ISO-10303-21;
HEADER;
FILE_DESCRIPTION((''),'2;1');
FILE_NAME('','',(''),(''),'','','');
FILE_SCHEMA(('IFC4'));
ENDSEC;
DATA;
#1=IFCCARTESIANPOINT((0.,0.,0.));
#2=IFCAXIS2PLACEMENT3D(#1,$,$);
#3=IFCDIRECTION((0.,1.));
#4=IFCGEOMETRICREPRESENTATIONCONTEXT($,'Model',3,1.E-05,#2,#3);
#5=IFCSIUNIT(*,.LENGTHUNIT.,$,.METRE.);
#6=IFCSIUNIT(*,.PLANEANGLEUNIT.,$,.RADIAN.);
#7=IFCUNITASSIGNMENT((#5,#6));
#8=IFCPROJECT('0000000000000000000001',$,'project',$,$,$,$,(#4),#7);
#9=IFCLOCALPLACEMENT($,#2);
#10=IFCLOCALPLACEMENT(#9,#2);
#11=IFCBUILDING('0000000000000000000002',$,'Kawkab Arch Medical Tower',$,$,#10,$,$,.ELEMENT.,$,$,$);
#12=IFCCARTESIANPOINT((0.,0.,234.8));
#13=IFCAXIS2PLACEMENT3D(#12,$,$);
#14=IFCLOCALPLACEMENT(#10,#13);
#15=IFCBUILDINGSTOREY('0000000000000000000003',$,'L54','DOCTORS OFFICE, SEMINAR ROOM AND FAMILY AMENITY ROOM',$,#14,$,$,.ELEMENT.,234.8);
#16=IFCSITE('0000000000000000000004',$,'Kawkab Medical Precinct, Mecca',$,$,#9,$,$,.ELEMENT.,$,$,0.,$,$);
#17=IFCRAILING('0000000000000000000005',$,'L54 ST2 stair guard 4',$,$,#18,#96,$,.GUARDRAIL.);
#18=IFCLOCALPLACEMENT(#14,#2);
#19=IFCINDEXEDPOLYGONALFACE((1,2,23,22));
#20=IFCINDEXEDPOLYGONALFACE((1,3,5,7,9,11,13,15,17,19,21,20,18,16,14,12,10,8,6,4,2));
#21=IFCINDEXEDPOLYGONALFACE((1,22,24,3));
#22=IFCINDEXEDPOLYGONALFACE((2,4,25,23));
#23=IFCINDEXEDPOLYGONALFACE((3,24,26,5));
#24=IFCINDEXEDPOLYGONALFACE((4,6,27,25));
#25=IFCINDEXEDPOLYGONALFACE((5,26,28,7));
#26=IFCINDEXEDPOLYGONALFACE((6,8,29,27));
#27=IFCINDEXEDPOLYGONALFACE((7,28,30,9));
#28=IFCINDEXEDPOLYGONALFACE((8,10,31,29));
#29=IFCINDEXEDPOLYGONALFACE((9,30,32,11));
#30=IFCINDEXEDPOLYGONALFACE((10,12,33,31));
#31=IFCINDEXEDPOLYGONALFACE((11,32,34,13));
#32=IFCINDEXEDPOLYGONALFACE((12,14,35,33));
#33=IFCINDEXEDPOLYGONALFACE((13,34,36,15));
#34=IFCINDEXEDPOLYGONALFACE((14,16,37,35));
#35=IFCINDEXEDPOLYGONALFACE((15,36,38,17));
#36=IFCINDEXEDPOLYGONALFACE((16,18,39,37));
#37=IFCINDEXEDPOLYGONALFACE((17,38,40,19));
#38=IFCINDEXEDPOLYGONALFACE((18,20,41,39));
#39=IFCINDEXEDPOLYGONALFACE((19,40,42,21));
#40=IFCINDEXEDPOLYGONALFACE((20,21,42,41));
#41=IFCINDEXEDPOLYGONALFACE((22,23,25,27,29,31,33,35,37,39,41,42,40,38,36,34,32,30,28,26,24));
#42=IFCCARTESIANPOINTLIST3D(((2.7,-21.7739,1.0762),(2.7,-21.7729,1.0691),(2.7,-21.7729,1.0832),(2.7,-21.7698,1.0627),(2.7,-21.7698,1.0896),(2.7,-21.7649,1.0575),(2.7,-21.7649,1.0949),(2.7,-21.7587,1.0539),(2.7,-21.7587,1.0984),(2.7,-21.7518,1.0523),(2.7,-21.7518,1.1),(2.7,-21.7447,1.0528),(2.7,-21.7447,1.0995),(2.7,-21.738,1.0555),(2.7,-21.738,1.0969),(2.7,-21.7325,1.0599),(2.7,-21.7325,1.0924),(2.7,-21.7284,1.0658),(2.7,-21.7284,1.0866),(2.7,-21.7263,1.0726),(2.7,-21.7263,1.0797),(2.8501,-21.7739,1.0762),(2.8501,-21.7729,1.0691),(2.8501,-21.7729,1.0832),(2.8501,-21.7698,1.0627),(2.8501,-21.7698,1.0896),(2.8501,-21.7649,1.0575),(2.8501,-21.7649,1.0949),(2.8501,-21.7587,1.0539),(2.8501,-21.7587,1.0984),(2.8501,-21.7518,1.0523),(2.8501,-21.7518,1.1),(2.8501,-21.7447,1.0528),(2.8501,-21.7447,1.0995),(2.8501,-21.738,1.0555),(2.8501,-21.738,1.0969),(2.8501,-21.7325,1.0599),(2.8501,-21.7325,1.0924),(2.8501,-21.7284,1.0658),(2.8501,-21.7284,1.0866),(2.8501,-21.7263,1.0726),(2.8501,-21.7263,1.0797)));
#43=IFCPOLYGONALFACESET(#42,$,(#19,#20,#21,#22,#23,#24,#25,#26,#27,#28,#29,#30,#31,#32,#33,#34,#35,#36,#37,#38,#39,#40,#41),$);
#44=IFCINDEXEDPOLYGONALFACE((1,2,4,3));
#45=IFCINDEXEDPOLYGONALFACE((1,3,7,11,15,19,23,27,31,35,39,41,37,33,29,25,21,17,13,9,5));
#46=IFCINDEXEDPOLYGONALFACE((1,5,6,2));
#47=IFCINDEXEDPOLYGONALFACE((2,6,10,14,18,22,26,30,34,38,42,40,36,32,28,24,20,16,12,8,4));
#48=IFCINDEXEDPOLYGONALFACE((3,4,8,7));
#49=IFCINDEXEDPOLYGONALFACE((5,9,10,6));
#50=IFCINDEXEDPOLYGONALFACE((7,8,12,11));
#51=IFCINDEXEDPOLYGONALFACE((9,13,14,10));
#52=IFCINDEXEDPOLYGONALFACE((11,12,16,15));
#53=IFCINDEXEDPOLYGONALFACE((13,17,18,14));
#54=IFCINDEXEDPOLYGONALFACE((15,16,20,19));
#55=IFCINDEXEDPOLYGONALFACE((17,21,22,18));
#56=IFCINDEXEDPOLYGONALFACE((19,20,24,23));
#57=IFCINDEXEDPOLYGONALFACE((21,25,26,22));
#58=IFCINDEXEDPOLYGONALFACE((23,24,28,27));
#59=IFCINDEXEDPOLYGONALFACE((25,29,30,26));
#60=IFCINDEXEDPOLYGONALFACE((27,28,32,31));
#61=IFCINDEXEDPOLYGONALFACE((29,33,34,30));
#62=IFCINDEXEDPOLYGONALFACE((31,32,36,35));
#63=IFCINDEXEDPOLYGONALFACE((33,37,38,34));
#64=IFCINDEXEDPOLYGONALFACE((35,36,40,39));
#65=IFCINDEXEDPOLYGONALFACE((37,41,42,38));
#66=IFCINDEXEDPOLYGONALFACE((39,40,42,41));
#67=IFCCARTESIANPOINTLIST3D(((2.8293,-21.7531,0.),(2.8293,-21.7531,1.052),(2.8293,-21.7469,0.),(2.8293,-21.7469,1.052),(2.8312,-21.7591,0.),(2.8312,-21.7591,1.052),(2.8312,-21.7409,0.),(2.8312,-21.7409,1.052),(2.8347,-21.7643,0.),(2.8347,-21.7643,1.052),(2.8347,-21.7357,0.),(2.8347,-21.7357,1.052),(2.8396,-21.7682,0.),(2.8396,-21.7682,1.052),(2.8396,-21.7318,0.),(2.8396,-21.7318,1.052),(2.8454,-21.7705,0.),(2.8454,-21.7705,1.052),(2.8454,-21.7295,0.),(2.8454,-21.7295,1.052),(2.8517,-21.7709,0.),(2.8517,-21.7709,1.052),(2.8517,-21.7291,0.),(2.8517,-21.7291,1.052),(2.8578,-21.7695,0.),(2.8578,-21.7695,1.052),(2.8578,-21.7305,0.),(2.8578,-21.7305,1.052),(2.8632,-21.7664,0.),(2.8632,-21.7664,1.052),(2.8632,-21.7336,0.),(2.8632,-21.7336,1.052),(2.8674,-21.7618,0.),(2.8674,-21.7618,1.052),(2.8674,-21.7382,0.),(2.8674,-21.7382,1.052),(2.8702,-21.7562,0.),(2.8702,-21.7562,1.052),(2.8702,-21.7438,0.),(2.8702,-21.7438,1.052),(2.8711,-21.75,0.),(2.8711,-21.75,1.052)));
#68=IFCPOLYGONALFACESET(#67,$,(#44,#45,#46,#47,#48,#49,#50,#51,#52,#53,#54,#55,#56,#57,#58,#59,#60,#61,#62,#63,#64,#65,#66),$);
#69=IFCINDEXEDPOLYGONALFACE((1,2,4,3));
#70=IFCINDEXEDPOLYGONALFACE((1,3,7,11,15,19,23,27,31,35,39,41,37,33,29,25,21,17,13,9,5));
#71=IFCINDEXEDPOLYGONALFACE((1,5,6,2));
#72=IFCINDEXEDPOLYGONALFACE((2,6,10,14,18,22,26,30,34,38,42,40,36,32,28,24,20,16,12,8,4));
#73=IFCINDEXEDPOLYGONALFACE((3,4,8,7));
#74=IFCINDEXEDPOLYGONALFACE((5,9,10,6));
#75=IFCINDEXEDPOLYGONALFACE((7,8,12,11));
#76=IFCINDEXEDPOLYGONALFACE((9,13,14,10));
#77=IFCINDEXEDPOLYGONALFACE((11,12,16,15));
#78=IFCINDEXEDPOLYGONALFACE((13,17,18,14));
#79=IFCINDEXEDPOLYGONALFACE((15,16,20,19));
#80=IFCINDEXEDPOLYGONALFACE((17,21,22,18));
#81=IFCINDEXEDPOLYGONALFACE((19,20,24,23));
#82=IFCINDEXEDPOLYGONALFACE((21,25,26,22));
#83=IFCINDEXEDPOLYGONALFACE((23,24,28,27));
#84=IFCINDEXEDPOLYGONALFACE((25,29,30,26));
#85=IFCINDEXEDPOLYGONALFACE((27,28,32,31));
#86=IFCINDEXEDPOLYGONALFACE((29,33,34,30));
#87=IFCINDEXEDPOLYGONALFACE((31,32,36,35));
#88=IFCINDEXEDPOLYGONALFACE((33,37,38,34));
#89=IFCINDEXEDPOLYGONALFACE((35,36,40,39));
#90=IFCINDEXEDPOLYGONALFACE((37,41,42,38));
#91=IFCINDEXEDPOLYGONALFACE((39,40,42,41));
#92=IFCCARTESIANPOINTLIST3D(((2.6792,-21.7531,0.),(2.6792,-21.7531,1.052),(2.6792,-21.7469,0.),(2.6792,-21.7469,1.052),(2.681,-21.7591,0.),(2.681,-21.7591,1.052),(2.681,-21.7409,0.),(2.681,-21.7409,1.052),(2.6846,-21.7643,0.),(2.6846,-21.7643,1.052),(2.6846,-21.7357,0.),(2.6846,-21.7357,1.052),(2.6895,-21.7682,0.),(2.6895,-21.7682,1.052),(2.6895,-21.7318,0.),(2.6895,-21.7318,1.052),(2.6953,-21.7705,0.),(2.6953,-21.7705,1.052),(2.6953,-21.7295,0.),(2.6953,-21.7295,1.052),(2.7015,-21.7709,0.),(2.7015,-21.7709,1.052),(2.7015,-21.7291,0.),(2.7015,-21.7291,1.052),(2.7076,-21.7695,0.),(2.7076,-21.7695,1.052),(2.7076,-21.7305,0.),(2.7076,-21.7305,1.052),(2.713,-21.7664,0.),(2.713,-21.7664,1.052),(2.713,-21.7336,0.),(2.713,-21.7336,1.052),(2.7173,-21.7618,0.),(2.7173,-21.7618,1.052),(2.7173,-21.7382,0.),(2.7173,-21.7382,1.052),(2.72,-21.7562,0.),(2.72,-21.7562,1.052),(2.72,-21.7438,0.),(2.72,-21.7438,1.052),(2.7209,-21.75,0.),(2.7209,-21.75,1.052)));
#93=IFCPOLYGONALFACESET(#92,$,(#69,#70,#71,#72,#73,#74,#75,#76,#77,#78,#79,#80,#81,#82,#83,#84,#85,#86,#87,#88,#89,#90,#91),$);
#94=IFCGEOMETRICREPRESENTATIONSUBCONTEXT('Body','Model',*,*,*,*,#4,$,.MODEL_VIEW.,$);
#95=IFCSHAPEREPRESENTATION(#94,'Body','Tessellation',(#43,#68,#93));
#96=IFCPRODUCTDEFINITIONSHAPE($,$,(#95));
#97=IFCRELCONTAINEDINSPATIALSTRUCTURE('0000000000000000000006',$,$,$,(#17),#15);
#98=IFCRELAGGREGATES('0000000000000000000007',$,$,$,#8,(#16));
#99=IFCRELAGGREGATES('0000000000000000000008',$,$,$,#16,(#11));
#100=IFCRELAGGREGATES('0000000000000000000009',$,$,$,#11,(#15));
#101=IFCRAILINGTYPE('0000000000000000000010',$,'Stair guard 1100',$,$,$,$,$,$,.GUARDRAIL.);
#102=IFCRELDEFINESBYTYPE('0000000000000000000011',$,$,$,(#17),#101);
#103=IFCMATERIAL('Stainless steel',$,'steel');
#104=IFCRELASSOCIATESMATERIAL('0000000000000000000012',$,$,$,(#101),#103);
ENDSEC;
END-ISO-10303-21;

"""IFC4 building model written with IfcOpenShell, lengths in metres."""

from ifc_helpers import new_model, si_unit, direction, frame, origin, origin_2d, place, context, subcontext, project, spatial, circle, extrude, material, type_object, element, save


model = new_model("IFC4")

# Units and contexts
model_context = context("Model", 3, precision=1e-05, world=origin(), true_north=direction((0.0, 1.0)))
body_context = subcontext(model_context, "Body", "Model", "MODEL_VIEW")
ifc_project = project(units=[si_unit("LENGTHUNIT", "METRE"), si_unit("PLANEANGLEUNIT", "RADIAN")], contexts=[model_context])

# Site, building, storey
site_placement = place(None, origin())
site = spatial("IfcSite", under=ifc_project, at=site_placement, Name="Kawkab Medical Precinct, Mecca", CompositionType="ELEMENT", RefElevation=0.0)
building_placement = place(site_placement, origin())
building = spatial("IfcBuilding", under=site, at=building_placement, Name="Kawkab Arch Medical Tower", CompositionType="ELEMENT")
storey_placement = place(building_placement, frame((0.0, 0.0, 234.8)))
storey = spatial("IfcBuildingStorey", under=building, at=storey_placement, Name="L54", Description="DOCTORS OFFICE, SEMINAR ROOM AND FAMILY AMENITY ROOM", CompositionType="ELEMENT", Elevation=234.8)

# Railing
ifc_material_1 = material(Name="Stainless steel", Category="steel")
railing_type_1 = type_object("IfcRailingType", Name="Stair guard 1100", PredefinedType="GUARDRAIL", material=ifc_material_1)
railing_1_placement = place(storey_placement, frame((2.8501, -21.75, 0.0)))
element("IfcRailing", 1, at=railing_1_placement, inside=storey, type_object=railing_type_1, Name="L54 ST2 stair guard 4", PredefinedType="GUARDRAIL", context=body_context, shape_type="SweptSolid", body=[
    extrude(circle(Radius=0.0239, at=origin_2d()), frame((0.0, 0.0, 1.0762), z_axis=(-1.0, 0.0, 0.0), x_axis=(0.0, -1.0, 0.0)), (0.0, 0.0, 1.0), 0.1501),
    extrude(circle(Radius=0.021, at=origin_2d()), origin(), (0.0, 0.0, 1.0), 1.052),
    extrude(circle(Radius=0.021, at=origin_2d()), frame((-0.1501, 0.0, 0.0)), (0.0, 0.0, 1.0), 1.052),
])

save(model, "model.ifc")
